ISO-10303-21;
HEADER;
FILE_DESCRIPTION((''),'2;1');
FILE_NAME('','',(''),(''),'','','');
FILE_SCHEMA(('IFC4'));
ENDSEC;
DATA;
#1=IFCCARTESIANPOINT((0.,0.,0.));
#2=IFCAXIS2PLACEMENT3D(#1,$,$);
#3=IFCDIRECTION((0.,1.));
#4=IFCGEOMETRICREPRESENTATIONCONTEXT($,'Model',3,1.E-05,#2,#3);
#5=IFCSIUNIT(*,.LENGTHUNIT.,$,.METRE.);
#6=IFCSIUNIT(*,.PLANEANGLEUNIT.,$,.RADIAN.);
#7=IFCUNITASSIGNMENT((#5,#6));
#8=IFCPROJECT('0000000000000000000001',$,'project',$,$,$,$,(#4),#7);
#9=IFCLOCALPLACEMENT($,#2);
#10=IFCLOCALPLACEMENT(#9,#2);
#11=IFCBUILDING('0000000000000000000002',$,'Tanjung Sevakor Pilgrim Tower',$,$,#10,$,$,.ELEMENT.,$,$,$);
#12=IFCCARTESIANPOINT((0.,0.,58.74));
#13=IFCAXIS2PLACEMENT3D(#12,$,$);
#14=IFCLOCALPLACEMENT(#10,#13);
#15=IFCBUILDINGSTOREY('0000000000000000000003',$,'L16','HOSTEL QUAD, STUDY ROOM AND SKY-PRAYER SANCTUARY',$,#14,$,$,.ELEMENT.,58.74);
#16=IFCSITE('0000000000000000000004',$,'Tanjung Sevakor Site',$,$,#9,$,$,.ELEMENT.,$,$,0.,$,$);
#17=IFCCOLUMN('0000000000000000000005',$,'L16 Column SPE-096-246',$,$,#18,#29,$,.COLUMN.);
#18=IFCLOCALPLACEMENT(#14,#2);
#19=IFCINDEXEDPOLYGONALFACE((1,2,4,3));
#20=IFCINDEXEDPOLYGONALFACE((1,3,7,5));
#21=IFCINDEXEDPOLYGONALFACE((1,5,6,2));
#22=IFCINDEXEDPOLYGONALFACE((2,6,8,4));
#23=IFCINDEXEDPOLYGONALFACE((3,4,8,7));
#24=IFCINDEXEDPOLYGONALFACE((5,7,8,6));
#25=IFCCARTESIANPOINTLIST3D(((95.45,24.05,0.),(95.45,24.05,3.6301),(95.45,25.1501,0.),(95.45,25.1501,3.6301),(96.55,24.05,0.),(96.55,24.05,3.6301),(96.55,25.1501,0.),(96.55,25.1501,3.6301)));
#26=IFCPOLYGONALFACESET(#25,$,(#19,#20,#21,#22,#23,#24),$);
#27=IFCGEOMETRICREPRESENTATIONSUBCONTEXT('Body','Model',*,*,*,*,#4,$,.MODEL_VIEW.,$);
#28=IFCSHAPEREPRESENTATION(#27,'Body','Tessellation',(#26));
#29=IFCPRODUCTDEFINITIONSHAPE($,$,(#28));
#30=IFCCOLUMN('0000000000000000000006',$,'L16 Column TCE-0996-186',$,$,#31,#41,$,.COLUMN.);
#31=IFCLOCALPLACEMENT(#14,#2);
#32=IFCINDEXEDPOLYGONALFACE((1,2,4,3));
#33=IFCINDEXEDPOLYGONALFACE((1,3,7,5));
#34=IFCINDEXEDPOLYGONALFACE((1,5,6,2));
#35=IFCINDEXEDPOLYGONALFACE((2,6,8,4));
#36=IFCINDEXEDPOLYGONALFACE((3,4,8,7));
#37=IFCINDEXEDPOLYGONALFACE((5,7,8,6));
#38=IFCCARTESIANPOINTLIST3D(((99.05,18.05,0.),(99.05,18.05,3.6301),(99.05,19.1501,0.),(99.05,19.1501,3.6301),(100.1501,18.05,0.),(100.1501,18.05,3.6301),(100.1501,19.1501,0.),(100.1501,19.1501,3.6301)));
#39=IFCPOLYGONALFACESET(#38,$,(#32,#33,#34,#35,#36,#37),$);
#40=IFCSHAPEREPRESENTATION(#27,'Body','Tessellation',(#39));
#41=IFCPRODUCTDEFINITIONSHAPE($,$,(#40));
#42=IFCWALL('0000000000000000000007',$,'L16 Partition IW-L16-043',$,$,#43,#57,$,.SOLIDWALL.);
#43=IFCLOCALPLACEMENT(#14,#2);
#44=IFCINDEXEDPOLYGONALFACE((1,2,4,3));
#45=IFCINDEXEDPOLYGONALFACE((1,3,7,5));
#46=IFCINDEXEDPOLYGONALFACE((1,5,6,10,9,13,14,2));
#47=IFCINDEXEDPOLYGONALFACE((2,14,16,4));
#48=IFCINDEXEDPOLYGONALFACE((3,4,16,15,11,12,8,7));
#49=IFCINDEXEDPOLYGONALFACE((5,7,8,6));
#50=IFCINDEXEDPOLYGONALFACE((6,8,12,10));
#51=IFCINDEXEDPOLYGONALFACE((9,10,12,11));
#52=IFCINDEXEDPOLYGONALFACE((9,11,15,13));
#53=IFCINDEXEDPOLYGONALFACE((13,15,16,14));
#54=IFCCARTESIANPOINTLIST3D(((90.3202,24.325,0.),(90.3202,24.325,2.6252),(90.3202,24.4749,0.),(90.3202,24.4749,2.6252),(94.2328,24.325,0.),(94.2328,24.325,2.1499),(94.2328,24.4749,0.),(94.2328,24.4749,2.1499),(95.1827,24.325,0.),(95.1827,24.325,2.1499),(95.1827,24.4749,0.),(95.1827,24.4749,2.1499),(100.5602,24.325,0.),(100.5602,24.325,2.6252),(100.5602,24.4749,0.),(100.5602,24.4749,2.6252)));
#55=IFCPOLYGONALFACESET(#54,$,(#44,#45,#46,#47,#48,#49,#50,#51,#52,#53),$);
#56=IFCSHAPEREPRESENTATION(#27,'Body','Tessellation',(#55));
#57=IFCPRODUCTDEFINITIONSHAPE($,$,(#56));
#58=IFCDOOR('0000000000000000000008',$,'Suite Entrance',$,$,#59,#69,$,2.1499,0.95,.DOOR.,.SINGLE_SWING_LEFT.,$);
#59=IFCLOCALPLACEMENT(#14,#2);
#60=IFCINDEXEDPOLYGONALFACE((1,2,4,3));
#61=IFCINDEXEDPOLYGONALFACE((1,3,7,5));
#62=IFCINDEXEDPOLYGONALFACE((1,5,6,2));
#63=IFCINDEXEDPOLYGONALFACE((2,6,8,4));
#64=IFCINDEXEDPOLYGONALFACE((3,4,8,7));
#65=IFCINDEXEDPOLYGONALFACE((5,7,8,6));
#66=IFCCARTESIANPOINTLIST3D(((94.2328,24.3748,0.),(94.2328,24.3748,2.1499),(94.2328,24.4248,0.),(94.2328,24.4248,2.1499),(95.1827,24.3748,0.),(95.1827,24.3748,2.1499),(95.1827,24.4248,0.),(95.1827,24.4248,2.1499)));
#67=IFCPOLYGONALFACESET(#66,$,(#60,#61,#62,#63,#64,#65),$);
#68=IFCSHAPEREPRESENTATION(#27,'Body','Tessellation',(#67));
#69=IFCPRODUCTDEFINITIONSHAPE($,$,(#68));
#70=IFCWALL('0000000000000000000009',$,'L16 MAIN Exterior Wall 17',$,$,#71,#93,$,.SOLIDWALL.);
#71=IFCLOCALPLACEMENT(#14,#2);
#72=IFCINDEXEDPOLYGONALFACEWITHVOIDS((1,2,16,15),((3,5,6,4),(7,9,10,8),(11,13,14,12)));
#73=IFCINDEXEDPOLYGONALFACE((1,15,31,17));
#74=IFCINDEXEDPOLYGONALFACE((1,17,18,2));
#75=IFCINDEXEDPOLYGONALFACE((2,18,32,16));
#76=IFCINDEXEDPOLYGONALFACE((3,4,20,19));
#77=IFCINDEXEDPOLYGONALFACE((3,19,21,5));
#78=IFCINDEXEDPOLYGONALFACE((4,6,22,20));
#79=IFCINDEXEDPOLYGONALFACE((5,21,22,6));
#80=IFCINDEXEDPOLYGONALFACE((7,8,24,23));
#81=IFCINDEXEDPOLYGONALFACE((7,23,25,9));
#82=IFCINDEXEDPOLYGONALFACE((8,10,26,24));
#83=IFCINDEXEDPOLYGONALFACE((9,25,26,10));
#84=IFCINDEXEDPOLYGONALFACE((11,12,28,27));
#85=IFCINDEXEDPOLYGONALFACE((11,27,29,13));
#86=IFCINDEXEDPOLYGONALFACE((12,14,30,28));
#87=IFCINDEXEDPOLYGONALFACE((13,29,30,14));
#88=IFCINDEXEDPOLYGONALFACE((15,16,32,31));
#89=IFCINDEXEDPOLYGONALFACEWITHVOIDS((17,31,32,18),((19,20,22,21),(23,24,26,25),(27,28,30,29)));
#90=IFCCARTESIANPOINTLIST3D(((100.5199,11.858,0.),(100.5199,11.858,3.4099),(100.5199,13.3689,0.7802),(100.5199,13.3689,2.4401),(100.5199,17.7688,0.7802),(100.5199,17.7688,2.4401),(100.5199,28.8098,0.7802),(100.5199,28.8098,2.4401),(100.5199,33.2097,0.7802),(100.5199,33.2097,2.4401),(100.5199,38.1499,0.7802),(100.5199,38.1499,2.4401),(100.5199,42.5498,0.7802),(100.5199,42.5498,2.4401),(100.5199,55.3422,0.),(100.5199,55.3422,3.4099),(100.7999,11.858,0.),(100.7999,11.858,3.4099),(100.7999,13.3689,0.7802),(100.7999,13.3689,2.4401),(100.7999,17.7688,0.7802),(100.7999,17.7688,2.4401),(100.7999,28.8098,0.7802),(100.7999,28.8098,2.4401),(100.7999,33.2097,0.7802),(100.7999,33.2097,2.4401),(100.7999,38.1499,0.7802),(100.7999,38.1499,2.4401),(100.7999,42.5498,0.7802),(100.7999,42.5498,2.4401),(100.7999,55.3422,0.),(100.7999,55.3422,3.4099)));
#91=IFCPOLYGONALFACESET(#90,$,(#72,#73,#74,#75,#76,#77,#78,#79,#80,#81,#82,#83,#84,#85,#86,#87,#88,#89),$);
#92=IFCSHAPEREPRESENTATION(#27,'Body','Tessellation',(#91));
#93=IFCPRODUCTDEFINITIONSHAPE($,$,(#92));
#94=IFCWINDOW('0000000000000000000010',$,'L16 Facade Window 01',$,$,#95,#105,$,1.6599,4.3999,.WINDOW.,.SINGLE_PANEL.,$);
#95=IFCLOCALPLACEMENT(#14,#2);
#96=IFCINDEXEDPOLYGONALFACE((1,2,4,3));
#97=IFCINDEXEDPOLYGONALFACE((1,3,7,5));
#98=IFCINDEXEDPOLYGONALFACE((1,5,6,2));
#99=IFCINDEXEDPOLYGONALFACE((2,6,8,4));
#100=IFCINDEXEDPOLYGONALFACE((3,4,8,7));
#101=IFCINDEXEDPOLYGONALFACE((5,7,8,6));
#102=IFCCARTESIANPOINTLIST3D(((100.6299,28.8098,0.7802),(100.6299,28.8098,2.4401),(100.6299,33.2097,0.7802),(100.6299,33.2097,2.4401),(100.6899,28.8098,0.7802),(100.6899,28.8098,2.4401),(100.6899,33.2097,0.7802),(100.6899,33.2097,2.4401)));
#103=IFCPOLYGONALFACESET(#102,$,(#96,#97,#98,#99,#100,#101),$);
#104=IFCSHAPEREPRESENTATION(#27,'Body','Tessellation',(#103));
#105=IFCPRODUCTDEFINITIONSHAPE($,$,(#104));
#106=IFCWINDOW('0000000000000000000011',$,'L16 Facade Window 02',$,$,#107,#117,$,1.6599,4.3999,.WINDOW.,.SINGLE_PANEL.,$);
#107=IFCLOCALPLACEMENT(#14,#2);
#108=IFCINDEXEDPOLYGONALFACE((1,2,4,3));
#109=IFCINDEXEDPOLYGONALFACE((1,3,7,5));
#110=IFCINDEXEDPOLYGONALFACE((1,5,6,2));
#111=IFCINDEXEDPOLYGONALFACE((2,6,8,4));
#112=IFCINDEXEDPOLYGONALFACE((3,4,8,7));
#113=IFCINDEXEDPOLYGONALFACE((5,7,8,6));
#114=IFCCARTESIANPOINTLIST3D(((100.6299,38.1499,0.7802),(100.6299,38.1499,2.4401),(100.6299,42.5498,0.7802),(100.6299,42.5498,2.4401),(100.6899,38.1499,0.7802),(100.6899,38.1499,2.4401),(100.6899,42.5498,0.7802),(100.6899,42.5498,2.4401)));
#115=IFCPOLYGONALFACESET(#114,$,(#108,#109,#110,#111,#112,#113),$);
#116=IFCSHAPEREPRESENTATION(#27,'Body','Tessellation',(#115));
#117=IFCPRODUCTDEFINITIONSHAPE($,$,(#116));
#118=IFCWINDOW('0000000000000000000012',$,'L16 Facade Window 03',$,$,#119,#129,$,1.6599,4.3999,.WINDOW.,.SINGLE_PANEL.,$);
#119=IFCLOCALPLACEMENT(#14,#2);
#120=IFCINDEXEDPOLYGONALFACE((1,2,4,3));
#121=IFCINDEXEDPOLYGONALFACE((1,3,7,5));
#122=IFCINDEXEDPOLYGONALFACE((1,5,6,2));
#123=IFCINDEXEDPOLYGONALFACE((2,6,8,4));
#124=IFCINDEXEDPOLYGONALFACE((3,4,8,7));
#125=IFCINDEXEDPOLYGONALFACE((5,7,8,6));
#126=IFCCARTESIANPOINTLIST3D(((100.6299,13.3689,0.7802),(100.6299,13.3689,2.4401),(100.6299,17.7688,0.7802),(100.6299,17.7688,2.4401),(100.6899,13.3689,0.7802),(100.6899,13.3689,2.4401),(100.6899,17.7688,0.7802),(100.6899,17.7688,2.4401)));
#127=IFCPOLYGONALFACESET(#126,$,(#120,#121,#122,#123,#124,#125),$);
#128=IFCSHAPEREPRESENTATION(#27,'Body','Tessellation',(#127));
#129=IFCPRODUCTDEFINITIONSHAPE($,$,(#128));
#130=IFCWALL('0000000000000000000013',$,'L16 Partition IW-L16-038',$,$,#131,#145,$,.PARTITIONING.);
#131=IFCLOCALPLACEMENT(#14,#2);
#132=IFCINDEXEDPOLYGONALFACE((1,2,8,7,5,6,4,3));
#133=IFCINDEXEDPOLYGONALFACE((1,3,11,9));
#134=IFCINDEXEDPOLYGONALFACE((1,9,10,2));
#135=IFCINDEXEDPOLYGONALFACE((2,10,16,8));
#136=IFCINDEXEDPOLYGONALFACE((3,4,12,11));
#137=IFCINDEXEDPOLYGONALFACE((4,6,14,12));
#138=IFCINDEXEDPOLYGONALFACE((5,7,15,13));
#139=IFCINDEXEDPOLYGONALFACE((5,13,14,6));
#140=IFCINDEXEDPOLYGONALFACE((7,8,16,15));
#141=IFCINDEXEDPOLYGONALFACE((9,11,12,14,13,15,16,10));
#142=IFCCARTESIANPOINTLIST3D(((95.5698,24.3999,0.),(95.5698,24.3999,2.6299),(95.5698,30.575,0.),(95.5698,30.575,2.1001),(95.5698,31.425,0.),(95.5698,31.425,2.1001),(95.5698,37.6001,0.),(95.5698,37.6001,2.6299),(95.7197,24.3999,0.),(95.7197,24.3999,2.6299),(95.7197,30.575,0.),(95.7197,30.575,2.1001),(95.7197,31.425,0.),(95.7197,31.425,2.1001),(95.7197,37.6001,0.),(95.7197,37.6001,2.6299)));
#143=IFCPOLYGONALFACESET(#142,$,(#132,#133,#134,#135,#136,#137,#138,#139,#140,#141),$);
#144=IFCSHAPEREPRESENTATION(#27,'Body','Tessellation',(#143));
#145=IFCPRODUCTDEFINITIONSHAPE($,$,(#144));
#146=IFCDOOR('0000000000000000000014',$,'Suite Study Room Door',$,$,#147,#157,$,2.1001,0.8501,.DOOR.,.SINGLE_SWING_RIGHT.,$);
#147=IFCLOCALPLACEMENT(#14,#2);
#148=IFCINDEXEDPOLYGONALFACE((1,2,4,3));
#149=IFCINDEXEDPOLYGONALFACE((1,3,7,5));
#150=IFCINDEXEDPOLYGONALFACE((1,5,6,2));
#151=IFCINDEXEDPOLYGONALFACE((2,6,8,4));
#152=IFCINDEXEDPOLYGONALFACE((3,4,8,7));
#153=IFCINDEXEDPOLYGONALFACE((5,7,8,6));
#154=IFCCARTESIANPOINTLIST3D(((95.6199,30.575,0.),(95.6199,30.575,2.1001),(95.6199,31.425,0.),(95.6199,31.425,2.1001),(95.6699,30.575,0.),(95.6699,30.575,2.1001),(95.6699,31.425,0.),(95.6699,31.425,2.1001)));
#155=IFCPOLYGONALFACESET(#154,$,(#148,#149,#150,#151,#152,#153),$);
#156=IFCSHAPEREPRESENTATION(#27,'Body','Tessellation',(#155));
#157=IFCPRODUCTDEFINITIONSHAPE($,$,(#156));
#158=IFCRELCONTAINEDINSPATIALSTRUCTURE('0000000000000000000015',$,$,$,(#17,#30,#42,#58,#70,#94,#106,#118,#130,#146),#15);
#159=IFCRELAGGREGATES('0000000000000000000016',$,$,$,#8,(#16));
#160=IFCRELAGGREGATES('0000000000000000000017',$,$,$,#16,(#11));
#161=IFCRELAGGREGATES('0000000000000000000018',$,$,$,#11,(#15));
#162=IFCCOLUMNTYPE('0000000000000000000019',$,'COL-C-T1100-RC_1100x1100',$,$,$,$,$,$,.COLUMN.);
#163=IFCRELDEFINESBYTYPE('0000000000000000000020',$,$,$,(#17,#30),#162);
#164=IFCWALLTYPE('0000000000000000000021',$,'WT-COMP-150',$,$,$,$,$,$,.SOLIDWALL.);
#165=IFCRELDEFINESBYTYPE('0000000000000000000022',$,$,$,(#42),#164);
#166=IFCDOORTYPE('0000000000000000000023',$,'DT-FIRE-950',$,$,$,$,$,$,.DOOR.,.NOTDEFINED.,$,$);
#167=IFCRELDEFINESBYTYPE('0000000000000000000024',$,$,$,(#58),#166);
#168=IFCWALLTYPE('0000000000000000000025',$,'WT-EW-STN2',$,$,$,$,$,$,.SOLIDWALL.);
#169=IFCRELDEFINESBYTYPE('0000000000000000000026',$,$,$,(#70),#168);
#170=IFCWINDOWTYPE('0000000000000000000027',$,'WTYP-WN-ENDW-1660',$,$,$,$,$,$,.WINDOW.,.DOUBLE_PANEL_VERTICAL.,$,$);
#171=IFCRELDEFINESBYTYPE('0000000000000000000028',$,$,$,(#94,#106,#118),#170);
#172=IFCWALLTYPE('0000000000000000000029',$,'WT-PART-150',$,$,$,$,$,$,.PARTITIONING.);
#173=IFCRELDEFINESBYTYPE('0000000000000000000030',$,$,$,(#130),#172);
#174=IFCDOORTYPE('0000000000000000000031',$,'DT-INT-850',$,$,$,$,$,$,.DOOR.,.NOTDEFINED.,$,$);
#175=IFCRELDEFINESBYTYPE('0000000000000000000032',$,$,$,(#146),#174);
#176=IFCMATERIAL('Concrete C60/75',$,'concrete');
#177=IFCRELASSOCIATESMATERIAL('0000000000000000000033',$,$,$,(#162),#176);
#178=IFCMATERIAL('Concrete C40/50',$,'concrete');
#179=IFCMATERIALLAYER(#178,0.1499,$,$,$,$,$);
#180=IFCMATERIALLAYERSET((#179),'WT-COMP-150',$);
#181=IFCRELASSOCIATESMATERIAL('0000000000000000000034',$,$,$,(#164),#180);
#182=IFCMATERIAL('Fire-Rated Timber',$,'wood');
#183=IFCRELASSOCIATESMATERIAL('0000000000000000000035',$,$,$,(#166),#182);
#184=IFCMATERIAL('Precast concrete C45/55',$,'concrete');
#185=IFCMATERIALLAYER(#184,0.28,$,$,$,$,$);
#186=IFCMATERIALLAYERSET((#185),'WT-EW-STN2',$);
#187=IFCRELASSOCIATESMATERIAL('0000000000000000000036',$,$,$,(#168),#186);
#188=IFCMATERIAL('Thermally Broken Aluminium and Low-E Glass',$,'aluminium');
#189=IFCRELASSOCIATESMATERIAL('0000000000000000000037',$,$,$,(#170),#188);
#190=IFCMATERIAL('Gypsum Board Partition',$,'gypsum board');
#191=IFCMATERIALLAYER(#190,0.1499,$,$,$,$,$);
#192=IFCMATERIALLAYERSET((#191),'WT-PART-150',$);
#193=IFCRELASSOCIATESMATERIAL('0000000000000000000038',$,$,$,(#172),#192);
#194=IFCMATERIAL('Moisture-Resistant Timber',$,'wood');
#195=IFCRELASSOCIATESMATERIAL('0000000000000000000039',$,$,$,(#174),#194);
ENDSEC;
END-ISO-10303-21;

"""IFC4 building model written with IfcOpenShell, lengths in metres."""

from ifc_helpers import new_model, si_unit, direction, frame, frame_2d, origin, origin_2d, place, context, subcontext, project, spatial, rectangle, extrude, material, layer, layer_set, material_profile, profile_set, type_object, element, fill, save


model = new_model("IFC4")

# Units and contexts
model_context = context("Model", 3, precision=1e-05, world=origin(), true_north=direction((0.0, 1.0)))
body_context = subcontext(model_context, "Body", "Model", "MODEL_VIEW")
ifc_project = project(units=[si_unit("LENGTHUNIT", "METRE"), si_unit("PLANEANGLEUNIT", "RADIAN")], contexts=[model_context])

# Site, building, storey
site_placement = place(None, origin())
site = spatial("IfcSite", under=ifc_project, at=site_placement, Name="Tanjung Sevakor Site", CompositionType="ELEMENT", RefElevation=0.0)
building_placement = place(site_placement, origin())
building = spatial("IfcBuilding", under=site, at=building_placement, Name="Tanjung Sevakor Pilgrim Tower", CompositionType="ELEMENT")
storey_placement = place(building_placement, frame((0.0, 0.0, 58.74)))
storey = spatial("IfcBuildingStorey", under=building, at=storey_placement, Name="L16", Description="HOSTEL QUAD, STUDY ROOM AND SKY-PRAYER SANCTUARY", CompositionType="ELEMENT", Elevation=58.74)

# Columns
ifc_material_1 = material(Name="Concrete C60/75", Category="concrete")
ifc_material_profile = material_profile(ifc_material_1, rectangle(XDim=1.1001, YDim=1.1001, at=origin_2d()))
ifc_profile_set = profile_set([ifc_material_profile], Name="Concrete C60/75")
column_type = type_object("IfcColumnType", Name="COL-C-T1100-RC_1100x1100", PredefinedType="COLUMN", material=ifc_profile_set)
for number, where, z_axis, x_axis, name in (
    (1, (96.0, 24.6001, 0.0), (0.0, 0.0, 1.0), (1.0, 0.0, 0.0), "L16 Column SPE-096-246"),
    (2, (99.6001, 18.6001, 0.0), (0.0, 0.0, 1.0), (1.0, 0.0, 0.0), "L16 Column TCE-0996-186"),
):
    element("IfcColumn", number, at=place(storey_placement, frame(where, z_axis=z_axis, x_axis=x_axis)), inside=storey, type_object=column_type, Name=name, PredefinedType="COLUMN", context=body_context, shape_type="SweptSolid", body=[
        extrude(rectangle(XDim=1.1001, YDim=1.1001, at=origin_2d()), origin(), (0.0, 0.0, 1.0), 3.6301),
    ])

# Wall, opening, door
ifc_material_2 = material(Name="Concrete C40/50", Category="concrete")
ifc_layer_1 = layer(ifc_material_2, 0.1499)
ifc_layer_set_1 = layer_set([ifc_layer_1], Name="WT-COMP-150")
wall_type_1 = type_object("IfcWallType", Name="WT-COMP-150", PredefinedType="SOLIDWALL", material=ifc_layer_set_1)
wall_1_placement = place(storey_placement, frame((90.3201, 24.3999, 0.0), z_axis=(0.0, 0.0, 1.0), x_axis=(1.0, 0.0, 0.0)))
wall_1 = element("IfcWall", 3, at=wall_1_placement, inside=storey, type_object=wall_type_1, Name="L16 Partition IW-L16-043", PredefinedType="SOLIDWALL", context=body_context, shape_type="SweptSolid", body=[
    extrude(rectangle(XDim=10.24, YDim=0.1499, at=frame_2d((5.1201, 0.0))), origin(), (0.0, 0.0, 1.0), 2.6252),
])
opening_1_placement = place(wall_1_placement, frame((3.9126, 0.0, 0.0)))
opening_1 = element("IfcOpeningElement", 4, at=opening_1_placement, cuts=wall_1, PredefinedType="OPENING", context=body_context, shape_type="SweptSolid", body=[
    extrude(rectangle(XDim=0.95, YDim=2.1499, at=frame_2d((0.4751, 1.075))), frame((0.0, 0.085, 0.0), z_axis=(0.0, -1.0, 0.0), x_axis=(1.0, 0.0, 0.0)), (0.0, 0.0, 1.0), 0.1699),
])
ifc_material_3 = material(Name="Fire-Rated Timber", Category="wood")
door_type_1 = type_object("IfcDoorType", Name="DT-FIRE-950", OperationType="NOTDEFINED", PredefinedType="DOOR", material=ifc_material_3)
door_1_placement = place(opening_1_placement, origin())
door_1 = element("IfcDoor", 5, at=door_1_placement, inside=storey, type_object=door_type_1, Name="Suite Entrance", OperationType="SINGLE_SWING_LEFT", OverallHeight=2.1499, OverallWidth=0.95, PredefinedType="DOOR", context=body_context, shape_type="SweptSolid", body=[
    extrude(rectangle(XDim=0.95, YDim=2.1499, at=frame_2d((0.4751, 1.075))), frame((0.0, 0.0249, 0.0), z_axis=(0.0, -1.0, 0.0), x_axis=(1.0, 0.0, 0.0)), (0.0, 0.0, 1.0), 0.05),
])
fill(opening_1, door_1)

# Wall, openings, windows
ifc_material_4 = material(Name="Precast concrete C45/55", Category="concrete")
ifc_layer_2 = layer(ifc_material_4, 0.28)
ifc_layer_set_2 = layer_set([ifc_layer_2], Name="WT-EW-STN2")
wall_type_2 = type_object("IfcWallType", Name="WT-EW-STN2", PredefinedType="SOLIDWALL", material=ifc_layer_set_2)
wall_2_placement = place(storey_placement, frame((100.6599, 11.8579, 0.0), z_axis=(0.0, 0.0, 1.0), x_axis=(0.0, 1.0, 0.0)))
wall_2 = element("IfcWall", 6, at=wall_2_placement, inside=storey, type_object=wall_type_2, Name="L16 MAIN Exterior Wall 17", PredefinedType="SOLIDWALL", context=body_context, shape_type="SweptSolid", body=[
    extrude(rectangle(XDim=43.4841, YDim=0.28, at=frame_2d((21.7422, 0.0))), origin(), (0.0, 0.0, 1.0), 3.4099),
])
opening_2_placement = place(wall_2_placement, frame((16.9519, 0.0, 0.78)))
opening_2 = element("IfcOpeningElement", 7, at=opening_2_placement, cuts=wall_2, PredefinedType="OPENING", context=body_context, shape_type="SweptSolid", body=[
    extrude(rectangle(XDim=4.3999, YDim=1.6599, at=frame_2d((2.2, 0.8301))), frame((0.0, 0.1499, 0.0), z_axis=(0.0, -1.0, 0.0), x_axis=(1.0, 0.0, 0.0)), (0.0, 0.0, 1.0), 0.3),
])
opening_3_placement = place(wall_2_placement, frame((26.292, 0.0, 0.78)))
opening_3 = element("IfcOpeningElement", 8, at=opening_3_placement, cuts=wall_2, PredefinedType="OPENING", context=body_context, shape_type="SweptSolid", body=[
    extrude(rectangle(XDim=4.3999, YDim=1.6599, at=frame_2d((2.2, 0.8301))), frame((0.0, 0.1499, 0.0), z_axis=(0.0, -1.0, 0.0), x_axis=(1.0, 0.0, 0.0)), (0.0, 0.0, 1.0), 0.3),
])
opening_4_placement = place(wall_2_placement, frame((1.511, 0.0, 0.78)))
opening_4 = element("IfcOpeningElement", 9, at=opening_4_placement, cuts=wall_2, PredefinedType="OPENING", context=body_context, shape_type="SweptSolid", body=[
    extrude(rectangle(XDim=4.3999, YDim=1.6599, at=frame_2d((2.2, 0.8301))), frame((0.0, 0.1499, 0.0), z_axis=(0.0, -1.0, 0.0), x_axis=(1.0, 0.0, 0.0)), (0.0, 0.0, 1.0), 0.3),
])
ifc_material_5 = material(Name="Thermally Broken Aluminium and Low-E Glass", Category="aluminium")
window_type = type_object("IfcWindowType", Name="WTYP-WN-ENDW-1660", PartitioningType="DOUBLE_PANEL_VERTICAL", PredefinedType="WINDOW", material=ifc_material_5)
window_1_placement = place(opening_2_placement, origin())
window_1 = element("IfcWindow", 10, at=window_1_placement, inside=storey, type_object=window_type, Name="L16 Facade Window 01", OverallHeight=1.6599, OverallWidth=4.3999, PartitioningType="SINGLE_PANEL", PredefinedType="WINDOW", context=body_context, shape_type="SweptSolid", body=[
    extrude(rectangle(XDim=4.3999, YDim=1.6599, at=frame_2d((2.2, 0.8301))), frame((0.0, 0.03, 0.0), z_axis=(0.0, -1.0, 0.0), x_axis=(1.0, 0.0, 0.0)), (0.0, 0.0, 1.0), 0.0601),
])
fill(opening_2, window_1)
window_2_placement = place(opening_3_placement, origin())
window_2 = element("IfcWindow", 11, at=window_2_placement, inside=storey, type_object=window_type, Name="L16 Facade Window 02", OverallHeight=1.6599, OverallWidth=4.3999, PartitioningType="SINGLE_PANEL", PredefinedType="WINDOW", context=body_context, shape_type="SweptSolid", body=[
    extrude(rectangle(XDim=4.3999, YDim=1.6599, at=frame_2d((2.2, 0.8301))), frame((0.0, 0.03, 0.0), z_axis=(0.0, -1.0, 0.0), x_axis=(1.0, 0.0, 0.0)), (0.0, 0.0, 1.0), 0.0601),
])
fill(opening_3, window_2)
window_3_placement = place(opening_4_placement, origin())
window_3 = element("IfcWindow", 12, at=window_3_placement, inside=storey, type_object=window_type, Name="L16 Facade Window 03", OverallHeight=1.6599, OverallWidth=4.3999, PartitioningType="SINGLE_PANEL", PredefinedType="WINDOW", context=body_context, shape_type="SweptSolid", body=[
    extrude(rectangle(XDim=4.3999, YDim=1.6599, at=frame_2d((2.2, 0.8301))), frame((0.0, 0.03, 0.0), z_axis=(0.0, -1.0, 0.0), x_axis=(1.0, 0.0, 0.0)), (0.0, 0.0, 1.0), 0.0601),
])
fill(opening_4, window_3)

# Wall, opening, door
ifc_material_6 = material(Name="Gypsum Board Partition", Category="gypsum board")
ifc_layer_3 = layer(ifc_material_6, 0.1499)
ifc_layer_set_3 = layer_set([ifc_layer_3], Name="WT-PART-150")
wall_type_3 = type_object("IfcWallType", Name="WT-PART-150", PredefinedType="PARTITIONING", material=ifc_layer_set_3)
wall_3_placement = place(storey_placement, frame((95.6448, 24.3999, 0.0), z_axis=(0.0, 0.0, 1.0), x_axis=(0.0, 1.0, 0.0)))
wall_3 = element("IfcWall", 13, at=wall_3_placement, inside=storey, type_object=wall_type_3, Name="L16 Partition IW-L16-038", PredefinedType="PARTITIONING", context=body_context, shape_type="SweptSolid", body=[
    extrude(rectangle(XDim=13.2002, YDim=0.1499, at=frame_2d((6.6001, 0.0))), origin(), (0.0, 0.0, 1.0), 2.6299),
])
opening_5_placement = place(wall_3_placement, frame((6.175, 0.0, 0.0)))
opening_5 = element("IfcOpeningElement", 14, at=opening_5_placement, cuts=wall_3, PredefinedType="OPENING", context=body_context, shape_type="SweptSolid", body=[
    extrude(rectangle(XDim=0.8501, YDim=2.1001, at=frame_2d((0.425, 1.05))), frame((0.0, 0.085, 0.0), z_axis=(0.0, -1.0, 0.0), x_axis=(1.0, 0.0, 0.0)), (0.0, 0.0, 1.0), 0.1699),
])
ifc_material_7 = material(Name="Moisture-Resistant Timber", Category="wood")
door_type_2 = type_object("IfcDoorType", Name="DT-INT-850", OperationType="NOTDEFINED", PredefinedType="DOOR", material=ifc_material_7)
door_2_placement = place(opening_5_placement, origin())
door_2 = element("IfcDoor", 15, at=door_2_placement, inside=storey, type_object=door_type_2, Name="Suite Study Room Door", OperationType="SINGLE_SWING_RIGHT", OverallHeight=2.1001, OverallWidth=0.8501, PredefinedType="DOOR", context=body_context, shape_type="SweptSolid", body=[
    extrude(rectangle(XDim=0.8501, YDim=2.1001, at=frame_2d((0.425, 1.05))), frame((0.0, 0.0249, 0.0), z_axis=(0.0, -1.0, 0.0), x_axis=(1.0, 0.0, 0.0)), (0.0, 0.0, 1.0), 0.05),
])
fill(opening_5, door_2)

save(model, "model.ifc")
